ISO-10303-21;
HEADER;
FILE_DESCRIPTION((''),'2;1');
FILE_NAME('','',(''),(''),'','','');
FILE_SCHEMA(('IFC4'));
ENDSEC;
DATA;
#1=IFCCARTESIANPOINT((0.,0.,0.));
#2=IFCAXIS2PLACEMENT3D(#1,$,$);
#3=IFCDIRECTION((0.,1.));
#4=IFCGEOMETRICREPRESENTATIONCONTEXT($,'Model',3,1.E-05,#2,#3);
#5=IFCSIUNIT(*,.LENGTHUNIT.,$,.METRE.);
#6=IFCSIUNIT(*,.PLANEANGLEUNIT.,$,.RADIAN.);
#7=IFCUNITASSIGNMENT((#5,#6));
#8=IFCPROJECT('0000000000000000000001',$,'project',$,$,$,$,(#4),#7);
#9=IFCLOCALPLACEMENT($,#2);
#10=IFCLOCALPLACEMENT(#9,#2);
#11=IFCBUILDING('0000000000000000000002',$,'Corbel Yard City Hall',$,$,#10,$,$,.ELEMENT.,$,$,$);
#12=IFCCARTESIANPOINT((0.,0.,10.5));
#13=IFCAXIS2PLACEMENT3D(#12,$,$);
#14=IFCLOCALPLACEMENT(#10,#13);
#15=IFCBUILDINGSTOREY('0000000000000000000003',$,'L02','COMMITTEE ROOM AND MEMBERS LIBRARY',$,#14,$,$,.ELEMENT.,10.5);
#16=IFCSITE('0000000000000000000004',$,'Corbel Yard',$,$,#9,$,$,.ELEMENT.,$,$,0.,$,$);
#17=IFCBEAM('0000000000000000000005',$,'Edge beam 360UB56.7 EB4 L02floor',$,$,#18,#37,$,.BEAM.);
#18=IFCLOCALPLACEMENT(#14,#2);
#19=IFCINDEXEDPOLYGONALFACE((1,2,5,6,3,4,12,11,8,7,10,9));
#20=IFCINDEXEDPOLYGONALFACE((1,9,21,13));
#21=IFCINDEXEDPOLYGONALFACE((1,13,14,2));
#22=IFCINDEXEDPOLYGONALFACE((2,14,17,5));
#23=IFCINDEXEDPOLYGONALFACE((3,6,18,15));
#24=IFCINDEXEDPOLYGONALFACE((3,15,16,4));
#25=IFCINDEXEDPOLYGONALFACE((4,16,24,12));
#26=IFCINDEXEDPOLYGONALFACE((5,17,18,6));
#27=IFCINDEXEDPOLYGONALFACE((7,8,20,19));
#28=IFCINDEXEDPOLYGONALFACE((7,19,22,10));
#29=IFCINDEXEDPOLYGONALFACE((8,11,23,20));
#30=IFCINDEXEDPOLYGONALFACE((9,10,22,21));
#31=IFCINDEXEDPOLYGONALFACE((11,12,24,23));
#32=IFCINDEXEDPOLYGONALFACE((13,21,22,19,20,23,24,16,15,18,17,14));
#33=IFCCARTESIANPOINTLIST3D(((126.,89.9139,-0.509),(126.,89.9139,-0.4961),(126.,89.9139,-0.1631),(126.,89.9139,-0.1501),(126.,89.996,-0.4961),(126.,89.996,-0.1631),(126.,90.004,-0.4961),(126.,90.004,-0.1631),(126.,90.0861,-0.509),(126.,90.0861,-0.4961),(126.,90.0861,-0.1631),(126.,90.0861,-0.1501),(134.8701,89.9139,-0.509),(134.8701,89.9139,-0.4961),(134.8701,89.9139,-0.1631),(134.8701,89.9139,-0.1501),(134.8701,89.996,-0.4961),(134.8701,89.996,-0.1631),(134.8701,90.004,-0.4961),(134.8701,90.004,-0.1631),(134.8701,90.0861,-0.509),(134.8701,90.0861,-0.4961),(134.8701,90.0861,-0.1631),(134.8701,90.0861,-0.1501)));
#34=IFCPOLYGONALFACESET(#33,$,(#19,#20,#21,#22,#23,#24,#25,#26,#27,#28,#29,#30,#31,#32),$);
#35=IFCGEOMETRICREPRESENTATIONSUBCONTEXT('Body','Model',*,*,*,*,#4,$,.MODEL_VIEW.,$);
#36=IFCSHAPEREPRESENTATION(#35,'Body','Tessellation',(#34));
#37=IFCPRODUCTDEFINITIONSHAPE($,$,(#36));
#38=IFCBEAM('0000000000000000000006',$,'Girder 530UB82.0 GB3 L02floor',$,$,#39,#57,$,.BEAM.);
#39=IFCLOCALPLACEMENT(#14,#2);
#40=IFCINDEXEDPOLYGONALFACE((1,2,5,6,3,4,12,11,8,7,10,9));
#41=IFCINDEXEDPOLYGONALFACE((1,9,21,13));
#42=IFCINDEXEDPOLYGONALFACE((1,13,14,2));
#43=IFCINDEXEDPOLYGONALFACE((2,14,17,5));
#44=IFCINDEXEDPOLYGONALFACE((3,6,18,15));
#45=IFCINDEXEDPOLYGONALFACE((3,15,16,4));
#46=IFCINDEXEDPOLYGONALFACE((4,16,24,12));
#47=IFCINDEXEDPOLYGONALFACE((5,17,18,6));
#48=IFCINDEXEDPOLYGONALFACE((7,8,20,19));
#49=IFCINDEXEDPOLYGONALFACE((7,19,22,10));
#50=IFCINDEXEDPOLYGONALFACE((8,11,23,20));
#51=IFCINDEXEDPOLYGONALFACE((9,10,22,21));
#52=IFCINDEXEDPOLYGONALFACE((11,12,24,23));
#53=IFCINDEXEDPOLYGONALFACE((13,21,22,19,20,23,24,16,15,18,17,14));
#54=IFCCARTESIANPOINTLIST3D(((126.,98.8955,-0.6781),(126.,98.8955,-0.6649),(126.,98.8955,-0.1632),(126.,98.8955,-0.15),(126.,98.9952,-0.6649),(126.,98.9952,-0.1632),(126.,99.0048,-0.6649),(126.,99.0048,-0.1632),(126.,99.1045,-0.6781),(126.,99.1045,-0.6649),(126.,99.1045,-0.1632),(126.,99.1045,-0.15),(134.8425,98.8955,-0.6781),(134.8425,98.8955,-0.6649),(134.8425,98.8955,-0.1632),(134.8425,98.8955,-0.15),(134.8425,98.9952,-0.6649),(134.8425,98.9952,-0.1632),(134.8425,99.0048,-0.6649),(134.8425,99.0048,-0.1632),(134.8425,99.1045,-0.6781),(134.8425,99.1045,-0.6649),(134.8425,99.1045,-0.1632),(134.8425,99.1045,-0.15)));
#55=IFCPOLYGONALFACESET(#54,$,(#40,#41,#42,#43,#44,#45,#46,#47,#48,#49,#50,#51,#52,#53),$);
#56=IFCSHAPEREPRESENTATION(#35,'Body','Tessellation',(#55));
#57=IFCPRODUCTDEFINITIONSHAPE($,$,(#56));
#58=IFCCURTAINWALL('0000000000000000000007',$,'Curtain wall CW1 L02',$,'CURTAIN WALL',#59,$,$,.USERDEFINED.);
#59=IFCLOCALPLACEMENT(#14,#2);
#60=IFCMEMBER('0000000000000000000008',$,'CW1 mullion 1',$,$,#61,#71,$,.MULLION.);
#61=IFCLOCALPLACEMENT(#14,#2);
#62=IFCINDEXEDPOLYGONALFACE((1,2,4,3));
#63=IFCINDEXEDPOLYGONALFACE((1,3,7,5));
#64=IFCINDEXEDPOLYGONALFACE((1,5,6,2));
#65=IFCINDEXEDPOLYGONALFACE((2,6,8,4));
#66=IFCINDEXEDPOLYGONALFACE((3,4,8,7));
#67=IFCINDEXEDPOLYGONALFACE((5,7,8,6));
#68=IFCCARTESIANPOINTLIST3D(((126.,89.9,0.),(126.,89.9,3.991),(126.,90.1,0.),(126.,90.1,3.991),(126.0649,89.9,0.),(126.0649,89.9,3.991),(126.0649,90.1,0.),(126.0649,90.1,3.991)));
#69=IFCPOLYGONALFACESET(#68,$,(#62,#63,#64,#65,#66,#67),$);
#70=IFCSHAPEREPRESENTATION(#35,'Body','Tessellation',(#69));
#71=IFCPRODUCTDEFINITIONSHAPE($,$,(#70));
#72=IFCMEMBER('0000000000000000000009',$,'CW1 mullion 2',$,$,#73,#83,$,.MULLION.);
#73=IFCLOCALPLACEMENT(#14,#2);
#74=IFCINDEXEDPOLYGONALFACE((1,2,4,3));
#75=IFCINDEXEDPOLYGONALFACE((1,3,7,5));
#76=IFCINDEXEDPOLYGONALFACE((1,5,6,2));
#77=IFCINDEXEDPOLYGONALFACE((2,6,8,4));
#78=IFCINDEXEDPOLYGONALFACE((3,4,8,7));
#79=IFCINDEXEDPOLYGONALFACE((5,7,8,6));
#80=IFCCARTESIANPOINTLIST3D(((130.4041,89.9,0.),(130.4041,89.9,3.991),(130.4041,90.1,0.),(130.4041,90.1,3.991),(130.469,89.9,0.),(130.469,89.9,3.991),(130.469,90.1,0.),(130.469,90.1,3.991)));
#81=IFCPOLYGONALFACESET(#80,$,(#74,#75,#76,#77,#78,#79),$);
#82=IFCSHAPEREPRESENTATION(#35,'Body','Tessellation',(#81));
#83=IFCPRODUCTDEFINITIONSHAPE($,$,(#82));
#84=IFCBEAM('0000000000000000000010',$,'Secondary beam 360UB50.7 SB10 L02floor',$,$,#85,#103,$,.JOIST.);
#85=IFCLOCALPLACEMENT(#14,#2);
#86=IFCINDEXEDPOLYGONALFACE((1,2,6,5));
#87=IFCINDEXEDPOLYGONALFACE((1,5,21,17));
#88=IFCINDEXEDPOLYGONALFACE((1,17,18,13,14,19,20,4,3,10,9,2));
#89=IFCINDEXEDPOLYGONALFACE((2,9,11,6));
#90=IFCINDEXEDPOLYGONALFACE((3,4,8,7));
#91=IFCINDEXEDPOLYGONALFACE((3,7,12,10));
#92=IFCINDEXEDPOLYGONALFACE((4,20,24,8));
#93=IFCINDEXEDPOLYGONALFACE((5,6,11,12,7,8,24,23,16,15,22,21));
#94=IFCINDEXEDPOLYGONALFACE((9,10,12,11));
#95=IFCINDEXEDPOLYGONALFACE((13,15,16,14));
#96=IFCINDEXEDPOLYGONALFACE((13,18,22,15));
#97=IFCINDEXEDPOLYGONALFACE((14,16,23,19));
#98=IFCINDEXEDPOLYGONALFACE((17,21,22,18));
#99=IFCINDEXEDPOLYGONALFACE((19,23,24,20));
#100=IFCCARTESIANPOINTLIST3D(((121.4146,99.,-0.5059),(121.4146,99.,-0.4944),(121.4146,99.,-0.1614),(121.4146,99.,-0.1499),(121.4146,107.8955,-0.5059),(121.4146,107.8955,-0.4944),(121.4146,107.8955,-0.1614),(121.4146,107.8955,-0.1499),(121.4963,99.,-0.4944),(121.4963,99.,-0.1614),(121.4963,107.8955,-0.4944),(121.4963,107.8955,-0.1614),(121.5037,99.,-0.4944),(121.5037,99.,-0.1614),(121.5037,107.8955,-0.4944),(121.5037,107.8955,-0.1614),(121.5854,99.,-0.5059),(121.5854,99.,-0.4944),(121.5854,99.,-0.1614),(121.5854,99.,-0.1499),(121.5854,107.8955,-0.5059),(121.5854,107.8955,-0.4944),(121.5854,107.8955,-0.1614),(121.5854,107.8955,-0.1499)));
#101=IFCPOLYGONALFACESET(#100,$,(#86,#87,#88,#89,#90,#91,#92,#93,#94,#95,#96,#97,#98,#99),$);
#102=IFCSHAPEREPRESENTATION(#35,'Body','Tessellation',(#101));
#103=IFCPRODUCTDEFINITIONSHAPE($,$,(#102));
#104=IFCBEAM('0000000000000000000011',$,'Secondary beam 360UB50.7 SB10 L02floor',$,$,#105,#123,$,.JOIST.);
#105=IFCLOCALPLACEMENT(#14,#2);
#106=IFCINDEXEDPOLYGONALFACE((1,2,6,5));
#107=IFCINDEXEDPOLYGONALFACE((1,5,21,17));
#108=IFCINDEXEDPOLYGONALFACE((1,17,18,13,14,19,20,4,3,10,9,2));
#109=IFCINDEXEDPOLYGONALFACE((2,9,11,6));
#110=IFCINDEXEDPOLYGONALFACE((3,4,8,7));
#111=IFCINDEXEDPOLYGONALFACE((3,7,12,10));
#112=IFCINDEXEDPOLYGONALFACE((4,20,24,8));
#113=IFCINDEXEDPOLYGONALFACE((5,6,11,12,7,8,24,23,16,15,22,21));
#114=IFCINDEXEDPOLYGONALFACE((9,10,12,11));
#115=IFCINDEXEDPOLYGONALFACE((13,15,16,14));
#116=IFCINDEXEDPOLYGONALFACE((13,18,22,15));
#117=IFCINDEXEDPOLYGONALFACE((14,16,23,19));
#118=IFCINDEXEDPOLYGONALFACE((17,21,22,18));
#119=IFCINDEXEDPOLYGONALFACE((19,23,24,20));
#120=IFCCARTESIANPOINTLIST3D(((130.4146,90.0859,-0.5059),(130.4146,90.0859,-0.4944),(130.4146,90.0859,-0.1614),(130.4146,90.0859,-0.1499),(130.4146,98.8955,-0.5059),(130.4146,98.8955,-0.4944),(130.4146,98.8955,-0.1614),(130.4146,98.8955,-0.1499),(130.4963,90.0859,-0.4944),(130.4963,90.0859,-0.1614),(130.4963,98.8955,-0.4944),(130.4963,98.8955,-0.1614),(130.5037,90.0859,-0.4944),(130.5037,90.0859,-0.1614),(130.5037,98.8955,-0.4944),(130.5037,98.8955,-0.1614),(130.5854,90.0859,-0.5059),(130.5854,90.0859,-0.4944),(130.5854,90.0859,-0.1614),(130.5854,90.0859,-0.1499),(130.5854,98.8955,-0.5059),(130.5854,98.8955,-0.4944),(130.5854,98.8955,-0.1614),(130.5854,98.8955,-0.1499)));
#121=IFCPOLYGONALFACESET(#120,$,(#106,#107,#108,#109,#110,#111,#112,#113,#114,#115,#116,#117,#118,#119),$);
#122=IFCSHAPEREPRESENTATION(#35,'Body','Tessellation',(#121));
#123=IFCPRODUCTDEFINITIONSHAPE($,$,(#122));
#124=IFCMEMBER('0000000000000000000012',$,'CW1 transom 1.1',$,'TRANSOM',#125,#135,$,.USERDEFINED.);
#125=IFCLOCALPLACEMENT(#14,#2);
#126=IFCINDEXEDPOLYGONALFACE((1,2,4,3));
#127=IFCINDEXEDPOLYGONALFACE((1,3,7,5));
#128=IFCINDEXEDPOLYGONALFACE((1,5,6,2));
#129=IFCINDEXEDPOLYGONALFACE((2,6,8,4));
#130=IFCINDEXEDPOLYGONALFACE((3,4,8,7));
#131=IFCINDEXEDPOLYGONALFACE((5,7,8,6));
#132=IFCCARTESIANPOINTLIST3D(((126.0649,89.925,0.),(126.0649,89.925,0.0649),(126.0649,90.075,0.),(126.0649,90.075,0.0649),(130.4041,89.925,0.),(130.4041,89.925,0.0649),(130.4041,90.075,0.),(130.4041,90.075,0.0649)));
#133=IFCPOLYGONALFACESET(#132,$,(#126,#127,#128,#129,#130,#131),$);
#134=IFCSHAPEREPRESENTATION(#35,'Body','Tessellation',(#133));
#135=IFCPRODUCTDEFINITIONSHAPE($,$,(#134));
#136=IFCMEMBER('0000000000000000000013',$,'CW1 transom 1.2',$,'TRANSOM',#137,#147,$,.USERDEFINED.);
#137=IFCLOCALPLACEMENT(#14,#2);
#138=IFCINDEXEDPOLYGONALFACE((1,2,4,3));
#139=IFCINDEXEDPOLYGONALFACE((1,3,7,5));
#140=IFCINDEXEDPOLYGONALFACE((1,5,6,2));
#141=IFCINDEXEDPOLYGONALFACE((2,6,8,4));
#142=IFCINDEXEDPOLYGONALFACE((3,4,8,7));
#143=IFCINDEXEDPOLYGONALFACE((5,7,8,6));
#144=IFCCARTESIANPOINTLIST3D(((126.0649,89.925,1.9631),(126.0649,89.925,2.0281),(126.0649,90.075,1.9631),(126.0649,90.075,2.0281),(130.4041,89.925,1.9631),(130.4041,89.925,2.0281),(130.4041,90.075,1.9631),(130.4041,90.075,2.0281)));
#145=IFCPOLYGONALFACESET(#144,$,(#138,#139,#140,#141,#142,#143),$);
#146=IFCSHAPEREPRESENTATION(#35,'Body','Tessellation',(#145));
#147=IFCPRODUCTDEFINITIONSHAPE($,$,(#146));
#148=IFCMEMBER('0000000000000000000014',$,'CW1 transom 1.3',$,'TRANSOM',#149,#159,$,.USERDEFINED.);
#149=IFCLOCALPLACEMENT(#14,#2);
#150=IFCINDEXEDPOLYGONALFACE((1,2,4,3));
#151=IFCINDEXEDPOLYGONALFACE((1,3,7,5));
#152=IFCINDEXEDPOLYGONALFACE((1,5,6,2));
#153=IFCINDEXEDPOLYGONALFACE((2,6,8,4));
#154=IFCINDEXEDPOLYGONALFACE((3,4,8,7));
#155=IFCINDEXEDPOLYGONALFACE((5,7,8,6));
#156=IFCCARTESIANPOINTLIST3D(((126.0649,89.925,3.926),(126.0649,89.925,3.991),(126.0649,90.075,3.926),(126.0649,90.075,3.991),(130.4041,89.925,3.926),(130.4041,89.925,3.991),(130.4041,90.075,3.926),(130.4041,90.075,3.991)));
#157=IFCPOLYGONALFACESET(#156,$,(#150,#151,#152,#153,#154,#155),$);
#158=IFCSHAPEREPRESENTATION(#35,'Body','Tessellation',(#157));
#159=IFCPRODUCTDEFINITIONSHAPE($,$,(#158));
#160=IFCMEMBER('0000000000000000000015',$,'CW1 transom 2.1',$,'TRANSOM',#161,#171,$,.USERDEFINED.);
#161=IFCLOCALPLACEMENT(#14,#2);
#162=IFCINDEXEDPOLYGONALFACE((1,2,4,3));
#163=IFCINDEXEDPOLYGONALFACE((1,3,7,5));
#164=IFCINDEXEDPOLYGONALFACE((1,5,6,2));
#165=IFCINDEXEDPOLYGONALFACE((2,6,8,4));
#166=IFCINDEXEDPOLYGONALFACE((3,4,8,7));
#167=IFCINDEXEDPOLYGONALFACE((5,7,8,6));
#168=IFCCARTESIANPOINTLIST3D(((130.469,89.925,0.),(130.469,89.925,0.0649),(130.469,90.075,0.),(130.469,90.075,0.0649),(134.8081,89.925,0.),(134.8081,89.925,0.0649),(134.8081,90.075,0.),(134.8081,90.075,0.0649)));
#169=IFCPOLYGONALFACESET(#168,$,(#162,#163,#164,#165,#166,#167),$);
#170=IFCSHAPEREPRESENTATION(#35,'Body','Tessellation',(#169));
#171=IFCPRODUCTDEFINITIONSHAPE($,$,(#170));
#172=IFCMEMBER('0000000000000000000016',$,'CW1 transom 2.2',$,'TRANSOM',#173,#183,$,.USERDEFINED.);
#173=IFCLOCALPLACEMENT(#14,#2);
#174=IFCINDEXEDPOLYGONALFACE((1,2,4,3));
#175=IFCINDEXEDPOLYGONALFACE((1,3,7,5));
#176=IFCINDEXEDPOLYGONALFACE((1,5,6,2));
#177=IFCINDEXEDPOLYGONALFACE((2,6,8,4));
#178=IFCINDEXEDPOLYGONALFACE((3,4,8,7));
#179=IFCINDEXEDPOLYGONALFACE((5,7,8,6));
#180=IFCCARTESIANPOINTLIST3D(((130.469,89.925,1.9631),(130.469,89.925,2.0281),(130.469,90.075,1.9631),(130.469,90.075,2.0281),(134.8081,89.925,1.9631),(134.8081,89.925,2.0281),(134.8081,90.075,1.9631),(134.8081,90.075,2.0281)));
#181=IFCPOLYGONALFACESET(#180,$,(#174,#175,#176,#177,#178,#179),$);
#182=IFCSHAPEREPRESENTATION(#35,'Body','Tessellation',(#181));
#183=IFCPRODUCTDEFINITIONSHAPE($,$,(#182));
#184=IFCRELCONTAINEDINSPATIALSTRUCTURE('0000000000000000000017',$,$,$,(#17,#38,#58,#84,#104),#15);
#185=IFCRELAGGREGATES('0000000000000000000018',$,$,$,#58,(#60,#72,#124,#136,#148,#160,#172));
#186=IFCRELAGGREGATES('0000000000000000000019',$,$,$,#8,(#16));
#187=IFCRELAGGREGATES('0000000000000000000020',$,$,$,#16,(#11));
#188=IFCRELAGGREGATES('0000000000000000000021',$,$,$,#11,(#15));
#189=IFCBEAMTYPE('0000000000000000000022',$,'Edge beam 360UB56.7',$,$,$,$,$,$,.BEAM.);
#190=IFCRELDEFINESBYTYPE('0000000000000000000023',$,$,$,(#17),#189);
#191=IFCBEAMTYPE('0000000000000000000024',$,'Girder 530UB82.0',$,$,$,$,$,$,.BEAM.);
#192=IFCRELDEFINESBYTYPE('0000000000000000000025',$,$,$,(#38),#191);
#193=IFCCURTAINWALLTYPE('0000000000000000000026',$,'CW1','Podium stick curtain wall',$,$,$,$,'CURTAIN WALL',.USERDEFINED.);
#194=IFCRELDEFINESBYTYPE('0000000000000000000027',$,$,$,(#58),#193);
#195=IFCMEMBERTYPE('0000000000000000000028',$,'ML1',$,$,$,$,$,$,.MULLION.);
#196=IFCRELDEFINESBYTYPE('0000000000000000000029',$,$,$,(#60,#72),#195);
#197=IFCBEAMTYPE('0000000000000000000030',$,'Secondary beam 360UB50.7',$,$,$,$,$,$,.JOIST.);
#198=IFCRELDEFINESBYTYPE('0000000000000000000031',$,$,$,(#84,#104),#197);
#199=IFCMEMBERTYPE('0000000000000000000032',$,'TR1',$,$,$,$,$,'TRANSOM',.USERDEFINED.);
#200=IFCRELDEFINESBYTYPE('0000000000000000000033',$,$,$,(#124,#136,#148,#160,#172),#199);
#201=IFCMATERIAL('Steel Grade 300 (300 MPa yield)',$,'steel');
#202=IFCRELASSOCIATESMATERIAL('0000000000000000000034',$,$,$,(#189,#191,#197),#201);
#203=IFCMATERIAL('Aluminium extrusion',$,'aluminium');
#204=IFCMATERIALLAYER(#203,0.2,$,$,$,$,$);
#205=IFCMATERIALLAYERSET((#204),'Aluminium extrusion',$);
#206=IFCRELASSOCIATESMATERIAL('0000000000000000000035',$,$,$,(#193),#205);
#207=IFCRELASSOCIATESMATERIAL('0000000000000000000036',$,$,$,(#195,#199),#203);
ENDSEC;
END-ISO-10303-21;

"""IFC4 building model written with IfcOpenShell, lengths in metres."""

from ifc_helpers import new_model, si_unit, direction, frame, origin, origin_2d, place, context, subcontext, project, spatial, rectangle, i_section, extrude, material, layer, layer_set, material_profile, profile_set, type_object, element, aggregate, save


model = new_model("IFC4")

# Units and contexts
model_context = context("Model", 3, precision=1e-05, world=origin(), true_north=direction((0.0, 1.0)))
body_context = subcontext(model_context, "Body", "Model", "MODEL_VIEW")
ifc_project = project(units=[si_unit("LENGTHUNIT", "METRE"), si_unit("PLANEANGLEUNIT", "RADIAN")], contexts=[model_context])

# Site, building, storey
site_placement = place(None, origin())
site = spatial("IfcSite", under=ifc_project, at=site_placement, Name="Corbel Yard", CompositionType="ELEMENT", RefElevation=0.0)
building_placement = place(site_placement, origin())
building = spatial("IfcBuilding", under=site, at=building_placement, Name="Corbel Yard City Hall", CompositionType="ELEMENT")
storey_placement = place(building_placement, frame((0.0, 0.0, 10.5)))
storey = spatial("IfcBuildingStorey", under=building, at=storey_placement, Name="L02", Description="COMMITTEE ROOM AND MEMBERS LIBRARY", CompositionType="ELEMENT", Elevation=10.5)

# Beams
ifc_material_1 = material(Name="Steel Grade 300 (300 MPa yield)", Category="steel")
ifc_material_profile_1 = material_profile(ifc_material_1, i_section(OverallWidth=0.1721, OverallDepth=0.3589, WebThickness=0.0081, FlangeThickness=0.0129, at=origin_2d()), Name="360UB56.7")
ifc_profile_set_1 = profile_set([ifc_material_profile_1], Name="Steel Grade 300 (300 MPa yield)")
beam_type_1 = type_object("IfcBeamType", Name="Edge beam 360UB56.7", PredefinedType="BEAM", material=ifc_profile_set_1)
beam_1_placement = place(storey_placement, frame((126.0, 90.0, -0.3296), z_axis=(1.0, 0.0, 0.0), x_axis=(0.0, 1.0, 0.0)))
element("IfcBeam", 1, at=beam_1_placement, inside=storey, type_object=beam_type_1, Name="Edge beam 360UB56.7 EB4 L02floor", PredefinedType="BEAM", context=body_context, shape_type="SweptSolid", body=[
    extrude(i_section(OverallWidth=0.1721, OverallDepth=0.3589, WebThickness=0.0081, FlangeThickness=0.0129, at=origin_2d()), origin(), (0.0, 0.0, 1.0), 8.8701),
])
ifc_material_profile_2 = material_profile(ifc_material_1, i_section(OverallWidth=0.209, OverallDepth=0.5281, WebThickness=0.0095, FlangeThickness=0.0132, at=origin_2d()), Name="530UB82.0")
ifc_profile_set_2 = profile_set([ifc_material_profile_2], Name="Steel Grade 300 (300 MPa yield)")
beam_type_2 = type_object("IfcBeamType", Name="Girder 530UB82.0", PredefinedType="BEAM", material=ifc_profile_set_2)
beam_2_placement = place(storey_placement, frame((126.0, 99.0, -0.4141), z_axis=(1.0, 0.0, 0.0), x_axis=(0.0, 1.0, 0.0)))
element("IfcBeam", 2, at=beam_2_placement, inside=storey, type_object=beam_type_2, Name="Girder 530UB82.0 GB3 L02floor", PredefinedType="BEAM", context=body_context, shape_type="SweptSolid", body=[
    extrude(i_section(OverallWidth=0.209, OverallDepth=0.5281, WebThickness=0.0095, FlangeThickness=0.0132, at=origin_2d()), origin(), (0.0, 0.0, 1.0), 8.8425),
])

# Curtain wall, members
ifc_material_2 = material(Name="Aluminium extrusion", Category="aluminium")
ifc_layer_1 = layer(ifc_material_2, 0.2)
ifc_layer_set_1 = layer_set([ifc_layer_1], Name="Aluminium extrusion")
curtain_wall_type = type_object("IfcCurtainWallType", Name="CW1", Description="Podium stick curtain wall", ElementType="CURTAIN WALL", PredefinedType="USERDEFINED", material=ifc_layer_set_1)
curtain_wall_placement = place(storey_placement, origin())
curtain_wall = element("IfcCurtainWall", 3, at=curtain_wall_placement, inside=storey, type_object=curtain_wall_type, Name="Curtain wall CW1 L02", ObjectType="CURTAIN WALL", PredefinedType="USERDEFINED")
ifc_material_profile_3 = material_profile(ifc_material_2, rectangle(XDim=0.2, YDim=0.0649, at=origin_2d()), Name="200x65")
ifc_profile_set_3 = profile_set([ifc_material_profile_3], Name="Aluminium extrusion")
member_type_1 = type_object("IfcMemberType", Name="ML1", PredefinedType="MULLION", material=ifc_profile_set_3)
member_1_placement = place(storey_placement, frame((126.0325, 90.0, 0.0), z_axis=(0.0, 0.0, 1.0), x_axis=(0.0, 1.0, 0.0)))
member_1 = element("IfcMember", 4, at=member_1_placement, type_object=member_type_1, Name="CW1 mullion 1", PredefinedType="MULLION", context=body_context, shape_type="SweptSolid", body=[
    extrude(rectangle(XDim=0.2, YDim=0.0649, at=origin_2d()), origin(), (0.0, 0.0, 1.0), 3.991),
])
member_2_placement = place(storey_placement, frame((130.4365, 90.0, 0.0), z_axis=(0.0, 0.0, 1.0), x_axis=(0.0, 1.0, 0.0)))
member_2 = element("IfcMember", 5, at=member_2_placement, type_object=member_type_1, Name="CW1 mullion 2", PredefinedType="MULLION", context=body_context, shape_type="SweptSolid", body=[
    extrude(rectangle(XDim=0.2, YDim=0.0649, at=origin_2d()), origin(), (0.0, 0.0, 1.0), 3.991),
])

# Beams
ifc_material_profile_4 = material_profile(ifc_material_1, i_section(OverallWidth=0.1709, OverallDepth=0.356, WebThickness=0.0073, FlangeThickness=0.0115, at=origin_2d()), Name="360UB50.7")
ifc_profile_set_4 = profile_set([ifc_material_profile_4], Name="Steel Grade 300 (300 MPa yield)")
beam_type_3 = type_object("IfcBeamType", Name="Secondary beam 360UB50.7", PredefinedType="JOIST", material=ifc_profile_set_4)
beam_3_placement = place(storey_placement, frame((121.5, 99.0, -0.3279), z_axis=(0.0, 1.0, 0.0), x_axis=(-1.0, 0.0, 0.0)))
element("IfcBeam", 6, at=beam_3_placement, inside=storey, type_object=beam_type_3, Name="Secondary beam 360UB50.7 SB10 L02floor", PredefinedType="JOIST", context=body_context, shape_type="SweptSolid", body=[
    extrude(i_section(OverallWidth=0.1709, OverallDepth=0.356, WebThickness=0.0073, FlangeThickness=0.0115, at=origin_2d()), origin(), (0.0, 0.0, 1.0), 8.8955),
])
beam_4_placement = place(storey_placement, frame((130.5, 90.0859, -0.3279), z_axis=(0.0, 1.0, 0.0), x_axis=(-1.0, 0.0, 0.0)))
element("IfcBeam", 7, at=beam_4_placement, inside=storey, type_object=beam_type_3, Name="Secondary beam 360UB50.7 SB10 L02floor", PredefinedType="JOIST", context=body_context, shape_type="SweptSolid", body=[
    extrude(i_section(OverallWidth=0.1709, OverallDepth=0.356, WebThickness=0.0073, FlangeThickness=0.0115, at=origin_2d()), origin(), (0.0, 0.0, 1.0), 8.8096),
])

# Members
ifc_material_profile_5 = material_profile(ifc_material_2, rectangle(XDim=0.1499, YDim=0.0649, at=origin_2d()), Name="150x65")
ifc_profile_set_5 = profile_set([ifc_material_profile_5], Name="Aluminium extrusion")
member_type_2 = type_object("IfcMemberType", Name="TR1", ElementType="TRANSOM", PredefinedType="USERDEFINED", material=ifc_profile_set_5)
member_3_placement = place(storey_placement, frame((126.0649, 90.0, 0.0325), z_axis=(1.0, 0.0, 0.0), x_axis=(0.0, 1.0, 0.0)))
member_3 = element("IfcMember", 8, at=member_3_placement, type_object=member_type_2, Name="CW1 transom 1.1", ObjectType="TRANSOM", PredefinedType="USERDEFINED", context=body_context, shape_type="SweptSolid", body=[
    extrude(rectangle(XDim=0.1499, YDim=0.0649, at=origin_2d()), origin(), (0.0, 0.0, 1.0), 4.3391),
])
member_4_placement = place(storey_placement, frame((126.0649, 90.0, 1.9956), z_axis=(1.0, 0.0, 0.0), x_axis=(0.0, 1.0, 0.0)))
member_4 = element("IfcMember", 9, at=member_4_placement, type_object=member_type_2, Name="CW1 transom 1.2", ObjectType="TRANSOM", PredefinedType="USERDEFINED", context=body_context, shape_type="SweptSolid", body=[
    extrude(rectangle(XDim=0.1499, YDim=0.0649, at=origin_2d()), origin(), (0.0, 0.0, 1.0), 4.3391),
])
member_5_placement = place(storey_placement, frame((126.0649, 90.0, 3.9585), z_axis=(1.0, 0.0, 0.0), x_axis=(0.0, 1.0, 0.0)))
member_5 = element("IfcMember", 10, at=member_5_placement, type_object=member_type_2, Name="CW1 transom 1.3", ObjectType="TRANSOM", PredefinedType="USERDEFINED", context=body_context, shape_type="SweptSolid", body=[
    extrude(rectangle(XDim=0.1499, YDim=0.0649, at=origin_2d()), origin(), (0.0, 0.0, 1.0), 4.3391),
])
member_6_placement = place(storey_placement, frame((130.469, 90.0, 0.0325), z_axis=(1.0, 0.0, 0.0), x_axis=(0.0, 1.0, 0.0)))
member_6 = element("IfcMember", 11, at=member_6_placement, type_object=member_type_2, Name="CW1 transom 2.1", ObjectType="TRANSOM", PredefinedType="USERDEFINED", context=body_context, shape_type="SweptSolid", body=[
    extrude(rectangle(XDim=0.1499, YDim=0.0649, at=origin_2d()), origin(), (0.0, 0.0, 1.0), 4.3391),
])
member_7_placement = place(storey_placement, frame((130.469, 90.0, 1.9956), z_axis=(1.0, 0.0, 0.0), x_axis=(0.0, 1.0, 0.0)))
member_7 = element("IfcMember", 12, at=member_7_placement, type_object=member_type_2, Name="CW1 transom 2.2", ObjectType="TRANSOM", PredefinedType="USERDEFINED", context=body_context, shape_type="SweptSolid", body=[
    extrude(rectangle(XDim=0.1499, YDim=0.0649, at=origin_2d()), origin(), (0.0, 0.0, 1.0), 4.3391),
])

aggregate(curtain_wall, [member_1, member_2, member_3, member_4, member_5, member_6, member_7])

save(model, "model.ifc")
